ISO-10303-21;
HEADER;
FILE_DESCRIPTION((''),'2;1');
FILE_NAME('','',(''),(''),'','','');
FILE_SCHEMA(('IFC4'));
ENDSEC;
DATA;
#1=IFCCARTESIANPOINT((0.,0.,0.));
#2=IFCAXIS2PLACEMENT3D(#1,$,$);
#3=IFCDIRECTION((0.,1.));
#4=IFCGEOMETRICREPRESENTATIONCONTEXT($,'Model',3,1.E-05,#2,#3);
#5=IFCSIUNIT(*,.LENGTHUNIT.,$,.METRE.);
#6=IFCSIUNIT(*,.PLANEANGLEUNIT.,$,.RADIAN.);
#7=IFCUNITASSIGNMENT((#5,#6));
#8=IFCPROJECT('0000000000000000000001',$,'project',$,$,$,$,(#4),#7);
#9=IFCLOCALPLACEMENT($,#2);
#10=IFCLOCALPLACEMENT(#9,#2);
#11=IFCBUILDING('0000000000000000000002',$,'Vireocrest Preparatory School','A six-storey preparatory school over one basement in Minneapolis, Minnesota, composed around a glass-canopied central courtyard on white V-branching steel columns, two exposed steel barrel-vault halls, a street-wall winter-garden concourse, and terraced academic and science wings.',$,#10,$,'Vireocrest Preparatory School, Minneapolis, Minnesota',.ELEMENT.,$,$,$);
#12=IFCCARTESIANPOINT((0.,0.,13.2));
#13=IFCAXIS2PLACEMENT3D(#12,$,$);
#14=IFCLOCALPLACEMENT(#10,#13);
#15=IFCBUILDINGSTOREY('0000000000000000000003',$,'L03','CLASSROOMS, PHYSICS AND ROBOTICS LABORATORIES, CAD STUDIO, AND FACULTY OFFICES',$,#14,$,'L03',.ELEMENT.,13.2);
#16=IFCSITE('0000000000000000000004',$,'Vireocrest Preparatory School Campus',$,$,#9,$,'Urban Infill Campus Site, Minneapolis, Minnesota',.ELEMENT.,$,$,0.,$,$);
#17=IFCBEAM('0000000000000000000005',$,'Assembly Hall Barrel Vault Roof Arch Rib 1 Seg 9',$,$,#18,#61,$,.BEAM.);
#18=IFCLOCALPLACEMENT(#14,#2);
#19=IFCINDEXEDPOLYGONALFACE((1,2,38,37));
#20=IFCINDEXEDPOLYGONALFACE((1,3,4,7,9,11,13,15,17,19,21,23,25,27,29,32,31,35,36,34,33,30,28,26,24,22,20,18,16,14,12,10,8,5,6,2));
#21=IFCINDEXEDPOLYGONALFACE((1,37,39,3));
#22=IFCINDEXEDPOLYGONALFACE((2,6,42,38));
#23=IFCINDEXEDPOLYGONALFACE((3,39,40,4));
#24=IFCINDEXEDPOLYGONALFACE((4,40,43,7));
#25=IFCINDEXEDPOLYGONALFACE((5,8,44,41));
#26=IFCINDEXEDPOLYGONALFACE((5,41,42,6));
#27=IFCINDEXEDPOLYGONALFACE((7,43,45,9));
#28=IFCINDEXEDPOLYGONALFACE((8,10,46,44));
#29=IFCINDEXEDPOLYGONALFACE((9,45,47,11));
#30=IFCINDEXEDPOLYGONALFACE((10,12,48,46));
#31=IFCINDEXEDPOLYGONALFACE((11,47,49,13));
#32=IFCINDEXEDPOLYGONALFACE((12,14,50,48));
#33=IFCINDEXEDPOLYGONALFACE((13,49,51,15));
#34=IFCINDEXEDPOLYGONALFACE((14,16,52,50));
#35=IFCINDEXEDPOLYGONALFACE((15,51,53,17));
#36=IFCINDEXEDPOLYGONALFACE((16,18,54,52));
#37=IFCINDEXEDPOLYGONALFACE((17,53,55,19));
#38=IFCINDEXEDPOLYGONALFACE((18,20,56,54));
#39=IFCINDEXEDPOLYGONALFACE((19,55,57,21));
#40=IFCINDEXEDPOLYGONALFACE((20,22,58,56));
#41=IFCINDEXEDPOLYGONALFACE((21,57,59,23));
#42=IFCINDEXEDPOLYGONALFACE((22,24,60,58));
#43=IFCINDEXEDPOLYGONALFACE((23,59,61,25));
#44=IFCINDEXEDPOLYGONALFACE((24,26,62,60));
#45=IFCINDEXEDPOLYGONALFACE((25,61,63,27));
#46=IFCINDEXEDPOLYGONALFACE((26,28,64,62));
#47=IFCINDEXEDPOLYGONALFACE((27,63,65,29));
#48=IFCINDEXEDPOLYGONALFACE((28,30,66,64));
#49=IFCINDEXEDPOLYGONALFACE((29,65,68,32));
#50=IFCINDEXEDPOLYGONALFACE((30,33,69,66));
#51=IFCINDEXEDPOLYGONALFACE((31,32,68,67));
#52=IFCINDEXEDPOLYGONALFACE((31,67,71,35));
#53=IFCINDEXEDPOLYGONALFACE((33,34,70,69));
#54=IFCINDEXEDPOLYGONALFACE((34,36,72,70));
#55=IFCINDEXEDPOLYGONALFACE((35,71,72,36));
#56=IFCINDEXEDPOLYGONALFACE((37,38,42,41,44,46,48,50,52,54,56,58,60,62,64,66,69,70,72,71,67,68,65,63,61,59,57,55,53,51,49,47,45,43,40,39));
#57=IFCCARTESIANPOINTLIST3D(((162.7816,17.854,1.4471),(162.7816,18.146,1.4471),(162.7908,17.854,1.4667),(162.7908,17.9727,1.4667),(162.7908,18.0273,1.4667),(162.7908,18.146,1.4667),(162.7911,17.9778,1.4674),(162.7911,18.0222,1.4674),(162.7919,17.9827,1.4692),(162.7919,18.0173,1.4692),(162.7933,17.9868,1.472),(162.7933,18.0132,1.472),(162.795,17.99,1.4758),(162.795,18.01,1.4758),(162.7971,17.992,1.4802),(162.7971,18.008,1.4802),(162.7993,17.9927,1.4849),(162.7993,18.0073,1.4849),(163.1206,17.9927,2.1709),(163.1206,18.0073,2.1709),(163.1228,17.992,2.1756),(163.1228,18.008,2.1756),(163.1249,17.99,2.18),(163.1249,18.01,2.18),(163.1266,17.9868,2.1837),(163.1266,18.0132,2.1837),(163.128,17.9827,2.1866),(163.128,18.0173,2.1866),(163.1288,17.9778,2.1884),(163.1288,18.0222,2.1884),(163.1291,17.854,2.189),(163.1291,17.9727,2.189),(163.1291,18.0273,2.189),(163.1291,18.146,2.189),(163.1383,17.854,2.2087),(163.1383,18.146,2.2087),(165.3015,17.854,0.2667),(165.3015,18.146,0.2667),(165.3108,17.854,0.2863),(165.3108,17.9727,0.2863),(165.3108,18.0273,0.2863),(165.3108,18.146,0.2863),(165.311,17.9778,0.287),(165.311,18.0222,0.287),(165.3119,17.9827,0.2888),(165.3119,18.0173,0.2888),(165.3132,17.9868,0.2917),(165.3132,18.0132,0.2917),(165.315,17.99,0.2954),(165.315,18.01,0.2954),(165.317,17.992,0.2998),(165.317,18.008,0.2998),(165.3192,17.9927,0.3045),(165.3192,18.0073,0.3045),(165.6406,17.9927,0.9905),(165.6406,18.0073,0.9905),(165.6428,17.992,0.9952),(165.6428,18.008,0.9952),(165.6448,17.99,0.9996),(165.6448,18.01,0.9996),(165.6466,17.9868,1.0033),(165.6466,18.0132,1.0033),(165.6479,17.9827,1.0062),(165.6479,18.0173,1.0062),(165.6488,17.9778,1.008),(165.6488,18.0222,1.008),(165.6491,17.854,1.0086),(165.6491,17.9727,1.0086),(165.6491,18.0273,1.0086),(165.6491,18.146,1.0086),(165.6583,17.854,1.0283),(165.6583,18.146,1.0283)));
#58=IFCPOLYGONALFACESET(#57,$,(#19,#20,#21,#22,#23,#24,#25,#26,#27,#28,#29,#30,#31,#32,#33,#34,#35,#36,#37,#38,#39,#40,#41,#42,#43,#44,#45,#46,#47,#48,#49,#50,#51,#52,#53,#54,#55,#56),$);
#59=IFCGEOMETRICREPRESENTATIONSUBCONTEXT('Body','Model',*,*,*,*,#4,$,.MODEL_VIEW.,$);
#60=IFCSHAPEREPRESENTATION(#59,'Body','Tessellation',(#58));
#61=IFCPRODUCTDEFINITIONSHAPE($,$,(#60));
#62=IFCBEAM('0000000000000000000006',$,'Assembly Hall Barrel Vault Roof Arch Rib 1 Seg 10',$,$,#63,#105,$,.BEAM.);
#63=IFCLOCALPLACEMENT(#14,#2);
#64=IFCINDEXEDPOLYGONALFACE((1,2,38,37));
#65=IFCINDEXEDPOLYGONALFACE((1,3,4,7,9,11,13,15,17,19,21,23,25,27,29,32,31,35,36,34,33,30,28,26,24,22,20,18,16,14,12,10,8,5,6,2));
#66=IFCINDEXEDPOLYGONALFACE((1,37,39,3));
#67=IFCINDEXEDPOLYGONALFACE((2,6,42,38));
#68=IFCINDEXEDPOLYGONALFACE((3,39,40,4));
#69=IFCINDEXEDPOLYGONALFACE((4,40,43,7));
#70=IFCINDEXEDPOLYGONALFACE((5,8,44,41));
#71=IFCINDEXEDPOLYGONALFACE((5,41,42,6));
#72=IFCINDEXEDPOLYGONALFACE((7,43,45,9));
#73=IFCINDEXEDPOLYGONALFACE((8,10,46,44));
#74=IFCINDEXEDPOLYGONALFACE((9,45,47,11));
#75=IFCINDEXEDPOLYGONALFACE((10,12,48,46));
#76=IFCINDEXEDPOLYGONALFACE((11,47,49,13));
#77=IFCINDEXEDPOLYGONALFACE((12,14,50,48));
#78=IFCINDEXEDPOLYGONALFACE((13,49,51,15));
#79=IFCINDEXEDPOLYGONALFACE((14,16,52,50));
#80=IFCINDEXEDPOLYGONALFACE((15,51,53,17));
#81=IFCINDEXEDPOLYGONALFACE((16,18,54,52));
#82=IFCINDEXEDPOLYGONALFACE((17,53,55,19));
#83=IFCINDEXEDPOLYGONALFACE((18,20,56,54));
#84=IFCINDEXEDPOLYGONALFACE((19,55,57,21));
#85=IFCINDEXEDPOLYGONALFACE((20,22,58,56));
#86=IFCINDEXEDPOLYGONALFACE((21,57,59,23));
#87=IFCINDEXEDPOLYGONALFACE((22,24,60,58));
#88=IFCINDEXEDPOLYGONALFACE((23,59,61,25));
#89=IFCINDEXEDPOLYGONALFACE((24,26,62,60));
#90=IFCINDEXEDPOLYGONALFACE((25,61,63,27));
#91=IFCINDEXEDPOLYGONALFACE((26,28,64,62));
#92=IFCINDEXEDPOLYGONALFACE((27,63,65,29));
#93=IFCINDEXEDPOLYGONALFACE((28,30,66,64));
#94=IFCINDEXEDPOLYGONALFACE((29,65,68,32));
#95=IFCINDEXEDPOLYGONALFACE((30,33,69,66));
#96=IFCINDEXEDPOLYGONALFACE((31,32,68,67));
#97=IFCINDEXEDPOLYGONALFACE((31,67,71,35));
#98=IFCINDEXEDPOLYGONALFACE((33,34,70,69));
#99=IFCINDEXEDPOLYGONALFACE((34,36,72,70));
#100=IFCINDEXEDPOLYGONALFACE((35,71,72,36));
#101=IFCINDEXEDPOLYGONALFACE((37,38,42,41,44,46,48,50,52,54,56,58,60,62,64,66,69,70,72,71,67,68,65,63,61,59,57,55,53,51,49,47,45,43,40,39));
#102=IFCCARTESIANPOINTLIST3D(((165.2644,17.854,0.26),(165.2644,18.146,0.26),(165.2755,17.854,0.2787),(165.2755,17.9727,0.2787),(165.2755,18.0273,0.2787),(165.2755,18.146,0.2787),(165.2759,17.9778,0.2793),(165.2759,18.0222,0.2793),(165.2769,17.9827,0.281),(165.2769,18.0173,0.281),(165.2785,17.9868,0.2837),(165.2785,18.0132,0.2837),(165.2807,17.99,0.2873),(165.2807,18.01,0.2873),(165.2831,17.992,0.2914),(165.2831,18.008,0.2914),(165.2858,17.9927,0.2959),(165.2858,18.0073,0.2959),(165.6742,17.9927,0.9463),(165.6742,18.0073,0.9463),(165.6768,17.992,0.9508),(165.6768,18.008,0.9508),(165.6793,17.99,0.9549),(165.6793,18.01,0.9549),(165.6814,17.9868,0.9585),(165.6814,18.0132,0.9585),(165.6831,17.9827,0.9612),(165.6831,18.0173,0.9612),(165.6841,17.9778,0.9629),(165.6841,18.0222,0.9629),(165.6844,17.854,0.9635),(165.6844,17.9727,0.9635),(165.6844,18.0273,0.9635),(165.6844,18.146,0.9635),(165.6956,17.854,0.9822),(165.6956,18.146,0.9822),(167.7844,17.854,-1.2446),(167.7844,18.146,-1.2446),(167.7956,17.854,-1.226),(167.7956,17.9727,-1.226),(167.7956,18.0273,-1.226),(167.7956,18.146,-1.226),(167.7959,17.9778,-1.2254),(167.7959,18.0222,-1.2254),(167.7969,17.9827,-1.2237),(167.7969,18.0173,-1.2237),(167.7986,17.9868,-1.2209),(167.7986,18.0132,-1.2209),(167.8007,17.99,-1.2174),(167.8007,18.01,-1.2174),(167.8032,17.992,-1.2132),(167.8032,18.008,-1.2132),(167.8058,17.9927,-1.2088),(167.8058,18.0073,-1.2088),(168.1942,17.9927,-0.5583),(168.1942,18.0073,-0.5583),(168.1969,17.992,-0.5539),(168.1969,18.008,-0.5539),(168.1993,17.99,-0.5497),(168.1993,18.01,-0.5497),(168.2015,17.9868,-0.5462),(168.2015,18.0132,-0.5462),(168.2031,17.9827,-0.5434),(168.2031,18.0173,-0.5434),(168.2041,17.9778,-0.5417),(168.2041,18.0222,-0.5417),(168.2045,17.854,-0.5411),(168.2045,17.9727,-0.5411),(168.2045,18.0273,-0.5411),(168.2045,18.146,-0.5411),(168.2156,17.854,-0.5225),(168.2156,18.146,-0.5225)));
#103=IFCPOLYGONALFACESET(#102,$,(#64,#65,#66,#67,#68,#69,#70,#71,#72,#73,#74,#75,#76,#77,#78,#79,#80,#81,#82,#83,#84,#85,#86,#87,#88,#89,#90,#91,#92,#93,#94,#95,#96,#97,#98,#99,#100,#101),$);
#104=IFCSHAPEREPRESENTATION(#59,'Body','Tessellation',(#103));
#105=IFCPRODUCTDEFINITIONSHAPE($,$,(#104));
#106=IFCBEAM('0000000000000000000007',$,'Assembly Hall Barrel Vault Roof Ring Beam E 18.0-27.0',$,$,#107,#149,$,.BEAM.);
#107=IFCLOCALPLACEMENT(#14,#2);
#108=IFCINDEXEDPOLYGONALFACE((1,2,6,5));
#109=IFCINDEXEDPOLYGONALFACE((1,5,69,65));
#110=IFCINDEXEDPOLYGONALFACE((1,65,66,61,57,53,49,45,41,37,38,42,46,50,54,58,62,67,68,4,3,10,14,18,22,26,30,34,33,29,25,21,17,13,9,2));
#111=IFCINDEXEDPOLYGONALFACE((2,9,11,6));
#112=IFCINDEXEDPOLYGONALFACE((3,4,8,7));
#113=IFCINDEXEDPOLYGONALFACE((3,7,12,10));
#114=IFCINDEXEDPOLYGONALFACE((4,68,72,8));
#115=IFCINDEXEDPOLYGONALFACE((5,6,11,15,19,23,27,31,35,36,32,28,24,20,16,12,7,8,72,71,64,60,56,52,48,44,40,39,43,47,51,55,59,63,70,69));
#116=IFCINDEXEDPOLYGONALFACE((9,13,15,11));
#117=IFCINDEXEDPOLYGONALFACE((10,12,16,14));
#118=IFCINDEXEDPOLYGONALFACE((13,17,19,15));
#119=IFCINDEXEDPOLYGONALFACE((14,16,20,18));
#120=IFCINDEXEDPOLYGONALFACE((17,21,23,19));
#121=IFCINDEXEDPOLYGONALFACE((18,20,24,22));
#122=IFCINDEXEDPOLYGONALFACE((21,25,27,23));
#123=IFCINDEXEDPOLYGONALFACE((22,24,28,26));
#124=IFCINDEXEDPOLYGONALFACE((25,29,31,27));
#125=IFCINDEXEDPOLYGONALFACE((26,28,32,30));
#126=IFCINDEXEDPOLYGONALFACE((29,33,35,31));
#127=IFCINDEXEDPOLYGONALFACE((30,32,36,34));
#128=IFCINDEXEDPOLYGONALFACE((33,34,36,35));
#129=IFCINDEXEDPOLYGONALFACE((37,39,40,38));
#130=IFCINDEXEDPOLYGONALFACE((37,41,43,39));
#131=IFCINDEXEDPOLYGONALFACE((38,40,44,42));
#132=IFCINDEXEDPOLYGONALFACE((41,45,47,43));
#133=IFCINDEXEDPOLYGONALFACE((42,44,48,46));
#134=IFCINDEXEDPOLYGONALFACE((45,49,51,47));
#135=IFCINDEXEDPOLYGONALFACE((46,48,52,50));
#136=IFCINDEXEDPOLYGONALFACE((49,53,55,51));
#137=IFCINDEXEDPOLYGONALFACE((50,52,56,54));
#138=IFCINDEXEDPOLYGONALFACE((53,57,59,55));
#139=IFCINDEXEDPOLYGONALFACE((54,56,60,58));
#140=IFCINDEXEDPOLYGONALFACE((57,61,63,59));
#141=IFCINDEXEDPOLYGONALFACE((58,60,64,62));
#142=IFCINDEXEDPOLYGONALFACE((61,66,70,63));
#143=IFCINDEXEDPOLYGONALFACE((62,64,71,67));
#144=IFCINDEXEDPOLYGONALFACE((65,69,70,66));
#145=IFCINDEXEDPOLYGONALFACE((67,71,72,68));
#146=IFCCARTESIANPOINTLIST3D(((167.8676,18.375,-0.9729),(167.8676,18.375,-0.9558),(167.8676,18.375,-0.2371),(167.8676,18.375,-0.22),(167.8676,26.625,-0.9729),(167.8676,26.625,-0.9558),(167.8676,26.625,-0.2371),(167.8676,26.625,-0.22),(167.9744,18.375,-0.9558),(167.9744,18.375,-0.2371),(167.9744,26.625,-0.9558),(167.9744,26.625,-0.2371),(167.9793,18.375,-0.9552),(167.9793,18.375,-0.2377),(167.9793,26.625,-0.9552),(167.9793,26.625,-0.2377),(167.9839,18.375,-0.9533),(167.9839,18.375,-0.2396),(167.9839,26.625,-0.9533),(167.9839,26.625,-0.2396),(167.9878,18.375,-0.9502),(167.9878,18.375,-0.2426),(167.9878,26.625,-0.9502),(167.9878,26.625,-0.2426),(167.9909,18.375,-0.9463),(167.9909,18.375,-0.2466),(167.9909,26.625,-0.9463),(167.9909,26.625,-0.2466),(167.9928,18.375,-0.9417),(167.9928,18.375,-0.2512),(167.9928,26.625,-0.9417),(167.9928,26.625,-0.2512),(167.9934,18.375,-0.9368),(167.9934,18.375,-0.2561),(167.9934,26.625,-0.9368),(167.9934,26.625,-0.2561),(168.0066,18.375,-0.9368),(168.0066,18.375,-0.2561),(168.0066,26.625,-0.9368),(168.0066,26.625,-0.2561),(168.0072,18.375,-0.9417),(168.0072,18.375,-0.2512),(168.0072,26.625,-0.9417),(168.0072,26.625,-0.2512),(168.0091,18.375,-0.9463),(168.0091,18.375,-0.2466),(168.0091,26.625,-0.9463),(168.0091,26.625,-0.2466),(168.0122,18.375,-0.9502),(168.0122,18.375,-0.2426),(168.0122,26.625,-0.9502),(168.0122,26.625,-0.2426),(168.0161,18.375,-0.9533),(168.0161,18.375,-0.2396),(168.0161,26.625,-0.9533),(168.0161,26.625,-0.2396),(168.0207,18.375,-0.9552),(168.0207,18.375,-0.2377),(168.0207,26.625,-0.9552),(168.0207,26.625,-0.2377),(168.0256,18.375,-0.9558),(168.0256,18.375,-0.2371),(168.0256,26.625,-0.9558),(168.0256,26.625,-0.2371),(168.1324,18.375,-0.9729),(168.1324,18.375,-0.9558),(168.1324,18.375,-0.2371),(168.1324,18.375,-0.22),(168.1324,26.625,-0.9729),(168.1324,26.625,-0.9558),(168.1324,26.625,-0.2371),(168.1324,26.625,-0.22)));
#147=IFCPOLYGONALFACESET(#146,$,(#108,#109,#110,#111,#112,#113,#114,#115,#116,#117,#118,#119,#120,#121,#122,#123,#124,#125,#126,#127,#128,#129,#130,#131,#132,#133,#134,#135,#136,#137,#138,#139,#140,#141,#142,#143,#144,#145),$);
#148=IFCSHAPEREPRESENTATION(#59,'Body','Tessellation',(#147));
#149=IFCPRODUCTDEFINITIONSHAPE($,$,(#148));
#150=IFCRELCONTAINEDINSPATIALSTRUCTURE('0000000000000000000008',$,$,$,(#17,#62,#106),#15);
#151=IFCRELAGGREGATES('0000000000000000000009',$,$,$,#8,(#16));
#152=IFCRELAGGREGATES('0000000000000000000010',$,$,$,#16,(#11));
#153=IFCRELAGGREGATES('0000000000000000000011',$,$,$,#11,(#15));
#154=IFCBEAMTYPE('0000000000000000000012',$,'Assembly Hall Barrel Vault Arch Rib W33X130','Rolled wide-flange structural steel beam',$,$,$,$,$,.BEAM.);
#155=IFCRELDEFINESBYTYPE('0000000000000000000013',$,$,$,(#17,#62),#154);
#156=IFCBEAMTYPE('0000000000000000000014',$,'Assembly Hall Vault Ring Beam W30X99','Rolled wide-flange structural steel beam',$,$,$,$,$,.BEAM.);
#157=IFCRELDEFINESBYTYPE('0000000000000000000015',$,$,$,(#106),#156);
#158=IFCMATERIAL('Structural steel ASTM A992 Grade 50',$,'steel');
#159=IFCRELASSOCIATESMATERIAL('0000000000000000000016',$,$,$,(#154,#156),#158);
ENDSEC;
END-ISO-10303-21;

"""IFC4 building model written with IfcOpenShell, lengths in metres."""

from ifc_helpers import new_model, si_unit, direction, frame, origin, origin_2d, place, context, subcontext, project, spatial, i_section, extrude, material, material_profile, profile_set, type_object, element, save


model = new_model("IFC4")

# Units and contexts
model_context = context("Model", 3, precision=1e-05, world=origin(), true_north=direction((0.0, 1.0)))
body_context = subcontext(model_context, "Body", "Model", "MODEL_VIEW")
ifc_project = project(units=[si_unit("LENGTHUNIT", "METRE"), si_unit("PLANEANGLEUNIT", "RADIAN")], contexts=[model_context])

# Site, building, storey
site_placement = place(None, origin())
site = spatial("IfcSite", under=ifc_project, at=site_placement, Name="Vireocrest Preparatory School Campus", LongName="Urban Infill Campus Site, Minneapolis, Minnesota", CompositionType="ELEMENT", RefElevation=0.0)
building_placement = place(site_placement, origin())
building = spatial("IfcBuilding", under=site, at=building_placement, Name="Vireocrest Preparatory School", Description="A six-storey preparatory school over one basement in Minneapolis, Minnesota, composed around a glass-canopied central courtyard on white V-branching steel columns, two exposed steel barrel-vault halls, a street-wall winter-garden concourse, and terraced academic and science wings.", LongName="Vireocrest Preparatory School, Minneapolis, Minnesota", CompositionType="ELEMENT")
storey_placement = place(building_placement, frame((0.0, 0.0, 13.2)))
storey = spatial("IfcBuildingStorey", under=building, at=storey_placement, Name="L03", Description="CLASSROOMS, PHYSICS AND ROBOTICS LABORATORIES, CAD STUDIO, AND FACULTY OFFICES", LongName="L03", CompositionType="ELEMENT", Elevation=13.2)

# Beams
ifc_material_1 = material(Name="Structural steel ASTM A992 Grade 50", Category="steel")
ifc_material_profile_1 = material_profile(ifc_material_1, i_section(OverallWidth=0.292, OverallDepth=0.8411, WebThickness=0.0146, FlangeThickness=0.0217, FilletRadius=0.02, at=origin_2d()), Name="W33X130")
ifc_profile_set_1 = profile_set([ifc_material_profile_1], Name="Structural steel ASTM A992 Grade 50")
beam_type_1 = type_object("IfcBeamType", Name="Assembly Hall Barrel Vault Arch Rib W33X130", Description="Rolled wide-flange structural steel beam", PredefinedType="BEAM", material=ifc_profile_set_1)
beam_1_placement = place(storey_placement, frame((162.96, 18.0, 1.8279), z_axis=(0.905575, 0.0, -0.424187), x_axis=(0.0, 1.0, 0.0)))
element("IfcBeam", 1, at=beam_1_placement, inside=storey, type_object=beam_type_1, Name="Assembly Hall Barrel Vault Roof Arch Rib 1 Seg 9", PredefinedType="BEAM", context=body_context, shape_type="SweptSolid", body=[
    extrude(i_section(OverallWidth=0.292, OverallDepth=0.8411, WebThickness=0.0146, FlangeThickness=0.0217, FilletRadius=0.02, at=origin_2d()), origin(), (0.0, 0.0, 1.0), 2.7827),
])
beam_2_placement = place(storey_placement, frame((165.48, 18.0, 0.6211), z_axis=(0.858599, 0.0, -0.512647), x_axis=(0.0, 1.0, 0.0)))
element("IfcBeam", 2, at=beam_2_placement, inside=storey, type_object=beam_type_1, Name="Assembly Hall Barrel Vault Roof Arch Rib 1 Seg 10", PredefinedType="BEAM", context=body_context, shape_type="SweptSolid", body=[
    extrude(i_section(OverallWidth=0.292, OverallDepth=0.8411, WebThickness=0.0146, FlangeThickness=0.0217, FilletRadius=0.02, at=origin_2d()), origin(), (0.0, 0.0, 1.0), 2.9351),
])
ifc_material_profile_2 = material_profile(ifc_material_1, i_section(OverallWidth=0.2649, OverallDepth=0.7529, WebThickness=0.0132, FlangeThickness=0.0171, FilletRadius=0.019, at=origin_2d()), Name="W30X99")
ifc_profile_set_2 = profile_set([ifc_material_profile_2], Name="Structural steel ASTM A992 Grade 50")
beam_type_2 = type_object("IfcBeamType", Name="Assembly Hall Vault Ring Beam W30X99", Description="Rolled wide-flange structural steel beam", PredefinedType="BEAM", material=ifc_profile_set_2)
beam_3_placement = place(storey_placement, frame((168.0, 18.375, -0.5964), z_axis=(0.0, 1.0, 0.0), x_axis=(-1.0, 0.0, 0.0)))
element("IfcBeam", 3, at=beam_3_placement, inside=storey, type_object=beam_type_2, Name="Assembly Hall Barrel Vault Roof Ring Beam E 18.0-27.0", PredefinedType="BEAM", context=body_context, shape_type="SweptSolid", body=[
    extrude(i_section(OverallWidth=0.2649, OverallDepth=0.7529, WebThickness=0.0132, FlangeThickness=0.0171, FilletRadius=0.019, at=origin_2d()), origin(), (0.0, 0.0, 1.0), 8.25),
])

save(model, "model.ifc")
